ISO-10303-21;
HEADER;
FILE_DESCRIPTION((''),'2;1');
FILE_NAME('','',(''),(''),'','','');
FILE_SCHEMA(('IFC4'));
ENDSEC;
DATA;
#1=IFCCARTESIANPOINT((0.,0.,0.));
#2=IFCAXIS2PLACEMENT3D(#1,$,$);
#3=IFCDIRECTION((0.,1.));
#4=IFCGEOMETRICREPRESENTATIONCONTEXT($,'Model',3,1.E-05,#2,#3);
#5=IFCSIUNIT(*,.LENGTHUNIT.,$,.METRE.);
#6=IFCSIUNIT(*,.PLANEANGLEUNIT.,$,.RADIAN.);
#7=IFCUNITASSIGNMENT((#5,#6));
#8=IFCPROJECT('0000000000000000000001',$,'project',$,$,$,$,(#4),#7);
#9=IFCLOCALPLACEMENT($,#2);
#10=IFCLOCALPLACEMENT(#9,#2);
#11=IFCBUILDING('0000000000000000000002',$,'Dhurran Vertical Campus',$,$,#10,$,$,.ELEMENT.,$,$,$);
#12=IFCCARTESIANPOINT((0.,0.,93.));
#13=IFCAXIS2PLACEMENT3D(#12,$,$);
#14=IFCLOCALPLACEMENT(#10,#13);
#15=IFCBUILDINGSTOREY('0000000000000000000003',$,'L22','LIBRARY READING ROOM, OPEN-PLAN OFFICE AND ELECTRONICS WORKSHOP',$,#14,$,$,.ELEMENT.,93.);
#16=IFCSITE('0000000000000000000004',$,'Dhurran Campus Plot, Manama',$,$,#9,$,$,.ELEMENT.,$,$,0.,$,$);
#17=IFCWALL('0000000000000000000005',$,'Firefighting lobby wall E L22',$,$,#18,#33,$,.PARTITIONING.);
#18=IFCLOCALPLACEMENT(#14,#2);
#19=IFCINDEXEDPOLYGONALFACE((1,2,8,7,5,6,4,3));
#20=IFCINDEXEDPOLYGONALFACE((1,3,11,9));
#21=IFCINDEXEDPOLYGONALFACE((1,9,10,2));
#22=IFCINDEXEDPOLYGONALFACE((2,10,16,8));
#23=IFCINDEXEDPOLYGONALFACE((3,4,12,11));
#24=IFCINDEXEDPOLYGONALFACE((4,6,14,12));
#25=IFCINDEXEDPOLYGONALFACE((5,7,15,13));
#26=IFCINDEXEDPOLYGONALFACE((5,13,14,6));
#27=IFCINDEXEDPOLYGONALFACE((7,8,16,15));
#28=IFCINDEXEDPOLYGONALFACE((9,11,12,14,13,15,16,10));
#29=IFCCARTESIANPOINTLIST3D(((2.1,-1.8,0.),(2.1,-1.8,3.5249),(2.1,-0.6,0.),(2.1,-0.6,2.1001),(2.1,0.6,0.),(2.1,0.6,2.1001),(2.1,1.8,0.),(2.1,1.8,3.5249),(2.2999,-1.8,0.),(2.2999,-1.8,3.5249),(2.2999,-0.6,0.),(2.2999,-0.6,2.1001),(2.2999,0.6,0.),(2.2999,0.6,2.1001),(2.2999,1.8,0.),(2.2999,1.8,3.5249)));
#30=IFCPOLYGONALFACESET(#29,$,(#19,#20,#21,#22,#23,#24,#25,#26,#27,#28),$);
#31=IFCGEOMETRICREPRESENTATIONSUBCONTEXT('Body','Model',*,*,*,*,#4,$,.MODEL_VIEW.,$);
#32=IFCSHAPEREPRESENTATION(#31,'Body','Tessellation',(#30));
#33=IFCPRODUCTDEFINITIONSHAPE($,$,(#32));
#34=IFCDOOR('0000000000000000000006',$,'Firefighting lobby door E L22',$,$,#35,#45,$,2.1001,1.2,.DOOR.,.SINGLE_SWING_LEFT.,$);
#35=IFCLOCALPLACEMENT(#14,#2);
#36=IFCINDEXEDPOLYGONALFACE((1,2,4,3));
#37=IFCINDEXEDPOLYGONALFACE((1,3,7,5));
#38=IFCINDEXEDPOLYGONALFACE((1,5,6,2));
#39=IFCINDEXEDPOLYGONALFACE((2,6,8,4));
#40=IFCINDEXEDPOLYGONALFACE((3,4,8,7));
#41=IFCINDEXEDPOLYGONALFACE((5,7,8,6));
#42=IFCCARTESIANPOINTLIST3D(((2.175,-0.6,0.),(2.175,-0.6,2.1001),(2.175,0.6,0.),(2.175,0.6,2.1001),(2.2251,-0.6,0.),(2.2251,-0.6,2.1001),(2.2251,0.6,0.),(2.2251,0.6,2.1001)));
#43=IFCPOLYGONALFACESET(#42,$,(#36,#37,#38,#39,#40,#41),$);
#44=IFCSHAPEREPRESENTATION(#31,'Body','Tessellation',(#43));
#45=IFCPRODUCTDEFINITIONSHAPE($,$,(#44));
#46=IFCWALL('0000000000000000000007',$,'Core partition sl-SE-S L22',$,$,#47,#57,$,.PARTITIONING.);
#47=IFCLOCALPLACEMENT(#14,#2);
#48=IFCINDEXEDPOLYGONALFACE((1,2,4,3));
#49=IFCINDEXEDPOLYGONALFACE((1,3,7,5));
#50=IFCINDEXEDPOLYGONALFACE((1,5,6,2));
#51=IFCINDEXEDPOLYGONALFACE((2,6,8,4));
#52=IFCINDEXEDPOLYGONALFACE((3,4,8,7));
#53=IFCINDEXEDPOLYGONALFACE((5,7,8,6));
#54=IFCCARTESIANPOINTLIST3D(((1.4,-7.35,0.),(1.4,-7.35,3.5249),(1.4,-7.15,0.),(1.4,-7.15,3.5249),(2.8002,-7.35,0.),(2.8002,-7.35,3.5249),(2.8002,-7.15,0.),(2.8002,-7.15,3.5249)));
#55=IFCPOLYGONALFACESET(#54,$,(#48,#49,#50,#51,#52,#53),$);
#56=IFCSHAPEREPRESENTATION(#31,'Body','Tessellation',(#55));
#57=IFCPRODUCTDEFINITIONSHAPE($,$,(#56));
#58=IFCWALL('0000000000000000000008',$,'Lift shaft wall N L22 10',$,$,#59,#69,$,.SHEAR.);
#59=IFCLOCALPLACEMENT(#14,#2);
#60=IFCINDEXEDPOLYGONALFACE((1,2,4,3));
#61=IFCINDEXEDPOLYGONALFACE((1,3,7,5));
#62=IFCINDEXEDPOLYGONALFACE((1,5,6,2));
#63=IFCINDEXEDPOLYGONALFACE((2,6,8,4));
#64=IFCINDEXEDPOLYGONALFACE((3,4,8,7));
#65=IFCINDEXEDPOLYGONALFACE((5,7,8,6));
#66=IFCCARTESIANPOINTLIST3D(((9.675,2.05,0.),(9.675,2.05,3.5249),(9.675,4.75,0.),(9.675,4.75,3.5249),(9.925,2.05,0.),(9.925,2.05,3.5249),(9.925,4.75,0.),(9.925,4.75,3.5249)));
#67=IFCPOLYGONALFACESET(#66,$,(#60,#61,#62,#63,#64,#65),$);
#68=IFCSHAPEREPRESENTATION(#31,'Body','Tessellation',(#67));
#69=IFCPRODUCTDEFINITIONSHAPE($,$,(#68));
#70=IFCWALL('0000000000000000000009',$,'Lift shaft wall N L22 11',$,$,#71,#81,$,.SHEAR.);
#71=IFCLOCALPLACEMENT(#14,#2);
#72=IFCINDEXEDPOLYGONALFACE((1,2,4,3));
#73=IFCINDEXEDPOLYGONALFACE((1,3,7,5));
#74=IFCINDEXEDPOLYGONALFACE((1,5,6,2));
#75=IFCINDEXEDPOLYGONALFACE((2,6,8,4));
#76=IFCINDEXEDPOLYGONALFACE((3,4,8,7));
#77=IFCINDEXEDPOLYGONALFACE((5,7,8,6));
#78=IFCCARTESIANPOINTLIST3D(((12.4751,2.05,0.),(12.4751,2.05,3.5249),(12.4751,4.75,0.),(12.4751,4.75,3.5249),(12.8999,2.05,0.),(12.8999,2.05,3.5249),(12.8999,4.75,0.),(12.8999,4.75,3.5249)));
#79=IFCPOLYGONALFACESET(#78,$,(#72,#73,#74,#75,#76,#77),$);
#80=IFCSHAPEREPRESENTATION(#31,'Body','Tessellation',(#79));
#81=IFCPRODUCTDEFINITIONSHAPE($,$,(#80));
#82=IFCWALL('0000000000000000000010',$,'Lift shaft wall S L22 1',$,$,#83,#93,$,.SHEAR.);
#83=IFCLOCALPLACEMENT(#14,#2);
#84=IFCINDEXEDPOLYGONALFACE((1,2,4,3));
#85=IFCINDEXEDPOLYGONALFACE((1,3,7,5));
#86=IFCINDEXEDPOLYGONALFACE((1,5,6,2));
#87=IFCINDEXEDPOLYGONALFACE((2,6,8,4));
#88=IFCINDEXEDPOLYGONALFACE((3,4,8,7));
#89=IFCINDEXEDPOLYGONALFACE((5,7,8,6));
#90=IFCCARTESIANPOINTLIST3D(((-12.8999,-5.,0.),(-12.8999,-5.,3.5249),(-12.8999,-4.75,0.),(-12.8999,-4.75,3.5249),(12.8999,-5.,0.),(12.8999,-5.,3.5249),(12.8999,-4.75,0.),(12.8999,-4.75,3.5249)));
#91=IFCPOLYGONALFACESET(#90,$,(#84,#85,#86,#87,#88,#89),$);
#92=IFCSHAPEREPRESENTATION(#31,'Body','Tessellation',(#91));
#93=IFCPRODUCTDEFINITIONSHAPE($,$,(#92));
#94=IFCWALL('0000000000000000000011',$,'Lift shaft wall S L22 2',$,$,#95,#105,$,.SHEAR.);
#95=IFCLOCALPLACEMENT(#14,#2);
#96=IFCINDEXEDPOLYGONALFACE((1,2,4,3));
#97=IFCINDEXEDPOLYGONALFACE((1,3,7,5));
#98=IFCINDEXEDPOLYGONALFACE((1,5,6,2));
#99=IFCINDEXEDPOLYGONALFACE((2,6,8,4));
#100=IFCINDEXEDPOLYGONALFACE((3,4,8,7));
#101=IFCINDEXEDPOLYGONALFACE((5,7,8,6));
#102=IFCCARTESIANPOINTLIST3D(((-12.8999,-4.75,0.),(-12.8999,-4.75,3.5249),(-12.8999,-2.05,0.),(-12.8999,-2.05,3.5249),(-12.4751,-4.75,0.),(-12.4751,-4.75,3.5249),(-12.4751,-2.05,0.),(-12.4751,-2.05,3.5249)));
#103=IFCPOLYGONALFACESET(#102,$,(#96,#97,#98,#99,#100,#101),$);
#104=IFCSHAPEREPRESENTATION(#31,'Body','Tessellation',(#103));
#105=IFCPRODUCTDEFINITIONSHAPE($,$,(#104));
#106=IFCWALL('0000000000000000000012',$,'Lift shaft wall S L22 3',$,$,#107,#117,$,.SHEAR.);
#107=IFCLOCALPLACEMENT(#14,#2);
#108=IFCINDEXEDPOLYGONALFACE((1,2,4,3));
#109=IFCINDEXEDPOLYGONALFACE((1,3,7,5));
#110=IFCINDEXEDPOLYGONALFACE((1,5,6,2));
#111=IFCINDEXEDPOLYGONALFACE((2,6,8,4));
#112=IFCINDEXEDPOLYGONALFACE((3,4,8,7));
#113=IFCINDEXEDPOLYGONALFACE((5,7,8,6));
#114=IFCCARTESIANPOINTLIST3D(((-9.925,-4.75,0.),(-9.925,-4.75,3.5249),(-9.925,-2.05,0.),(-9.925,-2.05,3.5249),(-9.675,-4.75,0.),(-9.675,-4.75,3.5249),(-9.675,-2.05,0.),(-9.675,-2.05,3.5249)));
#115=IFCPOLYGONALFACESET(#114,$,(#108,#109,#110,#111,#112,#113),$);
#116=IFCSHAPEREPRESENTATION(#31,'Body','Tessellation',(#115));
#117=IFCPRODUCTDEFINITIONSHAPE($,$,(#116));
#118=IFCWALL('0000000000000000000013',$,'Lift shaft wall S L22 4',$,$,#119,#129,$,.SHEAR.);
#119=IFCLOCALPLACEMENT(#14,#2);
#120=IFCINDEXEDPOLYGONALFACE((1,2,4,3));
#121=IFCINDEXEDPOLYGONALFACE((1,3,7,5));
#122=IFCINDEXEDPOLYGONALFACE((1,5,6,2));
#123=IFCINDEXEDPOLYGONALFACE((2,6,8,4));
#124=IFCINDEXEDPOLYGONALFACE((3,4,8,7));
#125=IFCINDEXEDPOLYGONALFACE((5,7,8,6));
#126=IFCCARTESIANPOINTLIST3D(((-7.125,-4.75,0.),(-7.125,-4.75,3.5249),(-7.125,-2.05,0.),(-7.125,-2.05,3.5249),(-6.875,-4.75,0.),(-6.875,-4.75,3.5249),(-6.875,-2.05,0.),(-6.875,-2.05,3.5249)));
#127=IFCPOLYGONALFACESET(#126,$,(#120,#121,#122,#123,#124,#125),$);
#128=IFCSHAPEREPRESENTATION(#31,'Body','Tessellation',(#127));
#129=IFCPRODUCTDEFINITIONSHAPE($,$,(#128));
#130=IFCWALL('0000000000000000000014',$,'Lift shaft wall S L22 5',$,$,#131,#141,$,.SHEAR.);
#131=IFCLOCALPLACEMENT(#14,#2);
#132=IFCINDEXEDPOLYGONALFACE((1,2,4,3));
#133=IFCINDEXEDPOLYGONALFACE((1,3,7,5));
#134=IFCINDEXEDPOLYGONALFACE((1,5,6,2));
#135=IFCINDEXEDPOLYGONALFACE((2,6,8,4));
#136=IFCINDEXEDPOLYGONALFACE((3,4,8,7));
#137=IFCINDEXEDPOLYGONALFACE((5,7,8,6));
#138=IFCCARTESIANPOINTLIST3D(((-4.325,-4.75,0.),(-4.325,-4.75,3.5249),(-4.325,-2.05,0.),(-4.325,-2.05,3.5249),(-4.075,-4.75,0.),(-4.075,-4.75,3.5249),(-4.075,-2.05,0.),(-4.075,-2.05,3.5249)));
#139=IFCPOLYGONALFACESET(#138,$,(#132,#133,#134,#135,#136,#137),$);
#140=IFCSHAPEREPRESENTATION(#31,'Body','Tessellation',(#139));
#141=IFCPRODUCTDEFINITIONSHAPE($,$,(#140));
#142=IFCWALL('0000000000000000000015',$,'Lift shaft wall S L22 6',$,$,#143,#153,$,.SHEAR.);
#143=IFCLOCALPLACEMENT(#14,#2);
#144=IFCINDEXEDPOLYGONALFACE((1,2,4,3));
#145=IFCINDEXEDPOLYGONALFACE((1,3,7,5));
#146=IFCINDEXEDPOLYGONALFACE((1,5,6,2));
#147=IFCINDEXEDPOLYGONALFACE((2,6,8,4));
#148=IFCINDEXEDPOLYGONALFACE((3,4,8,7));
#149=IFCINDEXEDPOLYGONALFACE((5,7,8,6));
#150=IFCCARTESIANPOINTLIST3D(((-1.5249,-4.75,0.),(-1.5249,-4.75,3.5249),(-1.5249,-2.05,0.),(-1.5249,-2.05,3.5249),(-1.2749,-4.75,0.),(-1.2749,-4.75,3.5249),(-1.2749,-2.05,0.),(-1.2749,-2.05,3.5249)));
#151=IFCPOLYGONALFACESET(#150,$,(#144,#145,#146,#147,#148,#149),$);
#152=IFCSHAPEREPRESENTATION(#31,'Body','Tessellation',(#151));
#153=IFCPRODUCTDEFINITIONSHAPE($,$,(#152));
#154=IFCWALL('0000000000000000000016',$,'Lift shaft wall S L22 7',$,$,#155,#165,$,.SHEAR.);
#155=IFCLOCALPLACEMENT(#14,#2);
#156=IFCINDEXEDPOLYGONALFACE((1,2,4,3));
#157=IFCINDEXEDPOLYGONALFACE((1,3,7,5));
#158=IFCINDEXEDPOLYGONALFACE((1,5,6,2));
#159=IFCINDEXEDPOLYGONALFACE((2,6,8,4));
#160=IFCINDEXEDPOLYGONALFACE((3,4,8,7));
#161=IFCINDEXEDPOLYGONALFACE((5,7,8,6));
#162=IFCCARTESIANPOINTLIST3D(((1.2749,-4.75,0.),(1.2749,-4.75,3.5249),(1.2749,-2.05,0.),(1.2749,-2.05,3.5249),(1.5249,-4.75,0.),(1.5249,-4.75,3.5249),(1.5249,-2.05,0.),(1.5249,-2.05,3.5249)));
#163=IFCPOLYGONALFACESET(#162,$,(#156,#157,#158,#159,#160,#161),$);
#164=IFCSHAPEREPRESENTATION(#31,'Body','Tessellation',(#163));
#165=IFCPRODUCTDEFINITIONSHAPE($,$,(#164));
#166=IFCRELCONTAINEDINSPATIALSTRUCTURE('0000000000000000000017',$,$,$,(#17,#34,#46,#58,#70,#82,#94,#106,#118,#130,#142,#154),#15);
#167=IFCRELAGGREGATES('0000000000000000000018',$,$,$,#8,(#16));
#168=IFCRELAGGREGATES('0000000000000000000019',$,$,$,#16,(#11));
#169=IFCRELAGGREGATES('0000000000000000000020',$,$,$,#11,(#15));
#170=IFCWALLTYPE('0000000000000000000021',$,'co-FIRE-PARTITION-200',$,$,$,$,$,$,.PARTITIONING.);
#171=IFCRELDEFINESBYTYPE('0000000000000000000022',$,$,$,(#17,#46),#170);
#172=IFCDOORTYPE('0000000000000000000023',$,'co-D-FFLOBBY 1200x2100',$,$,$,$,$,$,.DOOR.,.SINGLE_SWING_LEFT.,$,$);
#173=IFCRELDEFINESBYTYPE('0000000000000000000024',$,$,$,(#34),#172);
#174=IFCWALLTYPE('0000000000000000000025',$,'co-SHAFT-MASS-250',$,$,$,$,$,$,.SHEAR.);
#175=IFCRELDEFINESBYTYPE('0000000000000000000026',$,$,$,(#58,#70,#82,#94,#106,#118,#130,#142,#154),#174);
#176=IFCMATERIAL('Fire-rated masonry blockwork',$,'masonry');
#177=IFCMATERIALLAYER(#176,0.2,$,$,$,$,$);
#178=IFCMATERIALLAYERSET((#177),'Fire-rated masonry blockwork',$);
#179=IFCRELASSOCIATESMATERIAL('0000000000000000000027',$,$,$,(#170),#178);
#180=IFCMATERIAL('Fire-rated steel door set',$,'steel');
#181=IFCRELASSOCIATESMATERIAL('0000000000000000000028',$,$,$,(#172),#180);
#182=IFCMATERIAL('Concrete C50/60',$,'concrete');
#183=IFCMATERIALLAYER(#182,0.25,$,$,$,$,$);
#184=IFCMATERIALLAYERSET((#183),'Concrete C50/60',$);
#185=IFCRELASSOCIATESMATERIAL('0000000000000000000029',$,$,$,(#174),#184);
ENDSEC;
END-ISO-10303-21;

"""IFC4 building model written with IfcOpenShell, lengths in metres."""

from ifc_helpers import new_model, si_unit, direction, frame, frame_2d, origin, place, context, subcontext, project, spatial, polyline, rectangle, outline, extrude, material, layer, layer_set, type_object, element, fill, save


model = new_model("IFC4")

# Units and contexts
model_context = context("Model", 3, precision=1e-05, world=origin(), true_north=direction((0.0, 1.0)))
body_context = subcontext(model_context, "Body", "Model", "MODEL_VIEW")
ifc_project = project(units=[si_unit("LENGTHUNIT", "METRE"), si_unit("PLANEANGLEUNIT", "RADIAN")], contexts=[model_context])

# Site, building, storey
site_placement = place(None, origin())
site = spatial("IfcSite", under=ifc_project, at=site_placement, Name="Dhurran Campus Plot, Manama", CompositionType="ELEMENT", RefElevation=0.0)
building_placement = place(site_placement, origin())
building = spatial("IfcBuilding", under=site, at=building_placement, Name="Dhurran Vertical Campus", CompositionType="ELEMENT")
storey_placement = place(building_placement, frame((0.0, 0.0, 93.0)))
storey = spatial("IfcBuildingStorey", under=building, at=storey_placement, Name="L22", Description="LIBRARY READING ROOM, OPEN-PLAN OFFICE AND ELECTRONICS WORKSHOP", CompositionType="ELEMENT", Elevation=93.0)

# Wall, opening, door
ifc_material_1 = material(Name="Fire-rated masonry blockwork", Category="masonry")
ifc_layer_1 = layer(ifc_material_1, 0.2)
ifc_layer_set_1 = layer_set([ifc_layer_1], Name="Fire-rated masonry blockwork")
wall_type_1 = type_object("IfcWallType", Name="co-FIRE-PARTITION-200", PredefinedType="PARTITIONING", material=ifc_layer_set_1)
wall_1_placement = place(storey_placement, frame((2.2, -1.8, 0.0), z_axis=(0.0, 0.0, 1.0), x_axis=(0.0, 1.0, 0.0)))
wall_1 = element("IfcWall", 1, at=wall_1_placement, inside=storey, type_object=wall_type_1, Name="Firefighting lobby wall E L22", PredefinedType="PARTITIONING", context=body_context, shape_type="SweptSolid", body=[
    extrude(rectangle(XDim=3.6001, YDim=0.2, at=frame_2d((1.8, 0.0))), origin(), (0.0, 0.0, 1.0), 3.5249),
])
opening_1_placement = place(wall_1_placement, frame((1.2, 0.0, 0.0)))
opening_1 = element("IfcOpeningElement", 2, at=opening_1_placement, cuts=wall_1, PredefinedType="OPENING", context=body_context, shape_type="SweptSolid", body=[
    extrude(rectangle(XDim=1.2, YDim=2.1001, at=frame_2d((0.6001, 1.05))), frame((0.0, 0.1099, 0.0), z_axis=(0.0, -1.0, 0.0), x_axis=(1.0, 0.0, 0.0)), (0.0, 0.0, 1.0), 0.22),
])
ifc_material_2 = material(Name="Fire-rated steel door set", Category="steel")
door_type_1 = type_object("IfcDoorType", Name="co-D-FFLOBBY 1200x2100", OperationType="SINGLE_SWING_LEFT", PredefinedType="DOOR", material=ifc_material_2)
door_1_placement = place(opening_1_placement, origin())
door_1 = element("IfcDoor", 3, at=door_1_placement, inside=storey, type_object=door_type_1, Name="Firefighting lobby door E L22", OperationType="SINGLE_SWING_LEFT", OverallHeight=2.1001, OverallWidth=1.2, PredefinedType="DOOR", context=body_context, shape_type="SweptSolid", body=[
    extrude(rectangle(XDim=1.2, YDim=2.1001, at=frame_2d((0.6001, 1.05))), frame((0.0, 0.0249, 0.0), z_axis=(0.0, -1.0, 0.0), x_axis=(1.0, 0.0, 0.0)), (0.0, 0.0, 1.0), 0.05),
])
fill(opening_1, door_1)

# Walls
wall_2_placement = place(storey_placement, frame((1.3999, -7.25, 0.0), z_axis=(0.0, 0.0, 1.0), x_axis=(1.0, 0.0, 0.0)))
element("IfcWall", 4, at=wall_2_placement, inside=storey, type_object=wall_type_1, Name="Core partition sl-SE-S L22", PredefinedType="PARTITIONING", context=body_context, shape_type="SweptSolid", body=[
    extrude(rectangle(XDim=1.4001, YDim=0.2, at=frame_2d((0.7002, 0.0))), origin(), (0.0, 0.0, 1.0), 3.5249),
])
ifc_material_3 = material(Name="Concrete C50/60", Category="concrete")
ifc_layer_2 = layer(ifc_material_3, 0.25)
ifc_layer_set_2 = layer_set([ifc_layer_2], Name="Concrete C50/60")
wall_type_2 = type_object("IfcWallType", Name="co-SHAFT-MASS-250", PredefinedType="SHEAR", material=ifc_layer_set_2)
wall_3_placement = place(storey_placement, origin())
element("IfcWall", 5, at=wall_3_placement, inside=storey, type_object=wall_type_2, Name="Lift shaft wall N L22 10", PredefinedType="SHEAR", context=body_context, shape_type="SweptSolid", body=[
    extrude(outline(polyline([(9.675, 2.05), (9.925, 2.05), (9.925, 4.75), (9.675, 4.75), (9.675, 2.05)])), origin(), (0.0, 0.0, 1.0), 3.5249),
])
wall_4_placement = place(storey_placement, origin())
element("IfcWall", 6, at=wall_4_placement, inside=storey, type_object=wall_type_2, Name="Lift shaft wall N L22 11", PredefinedType="SHEAR", context=body_context, shape_type="SweptSolid", body=[
    extrude(outline(polyline([(12.4751, 2.05), (12.8999, 2.05), (12.8999, 4.75), (12.4751, 4.75), (12.4751, 2.05)])), origin(), (0.0, 0.0, 1.0), 3.5249),
])
wall_5_placement = place(storey_placement, origin())
element("IfcWall", 7, at=wall_5_placement, inside=storey, type_object=wall_type_2, Name="Lift shaft wall S L22 1", PredefinedType="SHEAR", context=body_context, shape_type="SweptSolid", body=[
    extrude(outline(polyline([(-12.8999, -5.0), (12.8999, -5.0), (12.8999, -4.75), (-12.8999, -4.75), (-12.8999, -5.0)])), origin(), (0.0, 0.0, 1.0), 3.5249),
])
wall_6_placement = place(storey_placement, origin())
element("IfcWall", 8, at=wall_6_placement, inside=storey, type_object=wall_type_2, Name="Lift shaft wall S L22 2", PredefinedType="SHEAR", context=body_context, shape_type="SweptSolid", body=[
    extrude(outline(polyline([(-12.8999, -4.75), (-12.4751, -4.75), (-12.4751, -2.05), (-12.8999, -2.05), (-12.8999, -4.75)])), origin(), (0.0, 0.0, 1.0), 3.5249),
])
wall_7_placement = place(storey_placement, origin())
element("IfcWall", 9, at=wall_7_placement, inside=storey, type_object=wall_type_2, Name="Lift shaft wall S L22 3", PredefinedType="SHEAR", context=body_context, shape_type="SweptSolid", body=[
    extrude(outline(polyline([(-9.925, -4.75), (-9.675, -4.75), (-9.675, -2.05), (-9.925, -2.05), (-9.925, -4.75)])), origin(), (0.0, 0.0, 1.0), 3.5249),
])
wall_8_placement = place(storey_placement, origin())
element("IfcWall", 10, at=wall_8_placement, inside=storey, type_object=wall_type_2, Name="Lift shaft wall S L22 4", PredefinedType="SHEAR", context=body_context, shape_type="SweptSolid", body=[
    extrude(outline(polyline([(-7.125, -4.75), (-6.875, -4.75), (-6.875, -2.05), (-7.125, -2.05), (-7.125, -4.75)])), origin(), (0.0, 0.0, 1.0), 3.5249),
])
wall_9_placement = place(storey_placement, origin())
element("IfcWall", 11, at=wall_9_placement, inside=storey, type_object=wall_type_2, Name="Lift shaft wall S L22 5", PredefinedType="SHEAR", context=body_context, shape_type="SweptSolid", body=[
    extrude(outline(polyline([(-4.325, -4.75), (-4.075, -4.75), (-4.075, -2.05), (-4.325, -2.05), (-4.325, -4.75)])), origin(), (0.0, 0.0, 1.0), 3.5249),
])
wall_10_placement = place(storey_placement, origin())
element("IfcWall", 12, at=wall_10_placement, inside=storey, type_object=wall_type_2, Name="Lift shaft wall S L22 6", PredefinedType="SHEAR", context=body_context, shape_type="SweptSolid", body=[
    extrude(outline(polyline([(-1.5249, -4.75), (-1.2749, -4.75), (-1.2749, -2.05), (-1.5249, -2.05), (-1.5249, -4.75)])), origin(), (0.0, 0.0, 1.0), 3.5249),
])
wall_11_placement = place(storey_placement, origin())
element("IfcWall", 13, at=wall_11_placement, inside=storey, type_object=wall_type_2, Name="Lift shaft wall S L22 7", PredefinedType="SHEAR", context=body_context, shape_type="SweptSolid", body=[
    extrude(outline(polyline([(1.2749, -4.75), (1.5249, -4.75), (1.5249, -2.05), (1.2749, -2.05), (1.2749, -4.75)])), origin(), (0.0, 0.0, 1.0), 3.5249),
])

save(model, "model.ifc")
